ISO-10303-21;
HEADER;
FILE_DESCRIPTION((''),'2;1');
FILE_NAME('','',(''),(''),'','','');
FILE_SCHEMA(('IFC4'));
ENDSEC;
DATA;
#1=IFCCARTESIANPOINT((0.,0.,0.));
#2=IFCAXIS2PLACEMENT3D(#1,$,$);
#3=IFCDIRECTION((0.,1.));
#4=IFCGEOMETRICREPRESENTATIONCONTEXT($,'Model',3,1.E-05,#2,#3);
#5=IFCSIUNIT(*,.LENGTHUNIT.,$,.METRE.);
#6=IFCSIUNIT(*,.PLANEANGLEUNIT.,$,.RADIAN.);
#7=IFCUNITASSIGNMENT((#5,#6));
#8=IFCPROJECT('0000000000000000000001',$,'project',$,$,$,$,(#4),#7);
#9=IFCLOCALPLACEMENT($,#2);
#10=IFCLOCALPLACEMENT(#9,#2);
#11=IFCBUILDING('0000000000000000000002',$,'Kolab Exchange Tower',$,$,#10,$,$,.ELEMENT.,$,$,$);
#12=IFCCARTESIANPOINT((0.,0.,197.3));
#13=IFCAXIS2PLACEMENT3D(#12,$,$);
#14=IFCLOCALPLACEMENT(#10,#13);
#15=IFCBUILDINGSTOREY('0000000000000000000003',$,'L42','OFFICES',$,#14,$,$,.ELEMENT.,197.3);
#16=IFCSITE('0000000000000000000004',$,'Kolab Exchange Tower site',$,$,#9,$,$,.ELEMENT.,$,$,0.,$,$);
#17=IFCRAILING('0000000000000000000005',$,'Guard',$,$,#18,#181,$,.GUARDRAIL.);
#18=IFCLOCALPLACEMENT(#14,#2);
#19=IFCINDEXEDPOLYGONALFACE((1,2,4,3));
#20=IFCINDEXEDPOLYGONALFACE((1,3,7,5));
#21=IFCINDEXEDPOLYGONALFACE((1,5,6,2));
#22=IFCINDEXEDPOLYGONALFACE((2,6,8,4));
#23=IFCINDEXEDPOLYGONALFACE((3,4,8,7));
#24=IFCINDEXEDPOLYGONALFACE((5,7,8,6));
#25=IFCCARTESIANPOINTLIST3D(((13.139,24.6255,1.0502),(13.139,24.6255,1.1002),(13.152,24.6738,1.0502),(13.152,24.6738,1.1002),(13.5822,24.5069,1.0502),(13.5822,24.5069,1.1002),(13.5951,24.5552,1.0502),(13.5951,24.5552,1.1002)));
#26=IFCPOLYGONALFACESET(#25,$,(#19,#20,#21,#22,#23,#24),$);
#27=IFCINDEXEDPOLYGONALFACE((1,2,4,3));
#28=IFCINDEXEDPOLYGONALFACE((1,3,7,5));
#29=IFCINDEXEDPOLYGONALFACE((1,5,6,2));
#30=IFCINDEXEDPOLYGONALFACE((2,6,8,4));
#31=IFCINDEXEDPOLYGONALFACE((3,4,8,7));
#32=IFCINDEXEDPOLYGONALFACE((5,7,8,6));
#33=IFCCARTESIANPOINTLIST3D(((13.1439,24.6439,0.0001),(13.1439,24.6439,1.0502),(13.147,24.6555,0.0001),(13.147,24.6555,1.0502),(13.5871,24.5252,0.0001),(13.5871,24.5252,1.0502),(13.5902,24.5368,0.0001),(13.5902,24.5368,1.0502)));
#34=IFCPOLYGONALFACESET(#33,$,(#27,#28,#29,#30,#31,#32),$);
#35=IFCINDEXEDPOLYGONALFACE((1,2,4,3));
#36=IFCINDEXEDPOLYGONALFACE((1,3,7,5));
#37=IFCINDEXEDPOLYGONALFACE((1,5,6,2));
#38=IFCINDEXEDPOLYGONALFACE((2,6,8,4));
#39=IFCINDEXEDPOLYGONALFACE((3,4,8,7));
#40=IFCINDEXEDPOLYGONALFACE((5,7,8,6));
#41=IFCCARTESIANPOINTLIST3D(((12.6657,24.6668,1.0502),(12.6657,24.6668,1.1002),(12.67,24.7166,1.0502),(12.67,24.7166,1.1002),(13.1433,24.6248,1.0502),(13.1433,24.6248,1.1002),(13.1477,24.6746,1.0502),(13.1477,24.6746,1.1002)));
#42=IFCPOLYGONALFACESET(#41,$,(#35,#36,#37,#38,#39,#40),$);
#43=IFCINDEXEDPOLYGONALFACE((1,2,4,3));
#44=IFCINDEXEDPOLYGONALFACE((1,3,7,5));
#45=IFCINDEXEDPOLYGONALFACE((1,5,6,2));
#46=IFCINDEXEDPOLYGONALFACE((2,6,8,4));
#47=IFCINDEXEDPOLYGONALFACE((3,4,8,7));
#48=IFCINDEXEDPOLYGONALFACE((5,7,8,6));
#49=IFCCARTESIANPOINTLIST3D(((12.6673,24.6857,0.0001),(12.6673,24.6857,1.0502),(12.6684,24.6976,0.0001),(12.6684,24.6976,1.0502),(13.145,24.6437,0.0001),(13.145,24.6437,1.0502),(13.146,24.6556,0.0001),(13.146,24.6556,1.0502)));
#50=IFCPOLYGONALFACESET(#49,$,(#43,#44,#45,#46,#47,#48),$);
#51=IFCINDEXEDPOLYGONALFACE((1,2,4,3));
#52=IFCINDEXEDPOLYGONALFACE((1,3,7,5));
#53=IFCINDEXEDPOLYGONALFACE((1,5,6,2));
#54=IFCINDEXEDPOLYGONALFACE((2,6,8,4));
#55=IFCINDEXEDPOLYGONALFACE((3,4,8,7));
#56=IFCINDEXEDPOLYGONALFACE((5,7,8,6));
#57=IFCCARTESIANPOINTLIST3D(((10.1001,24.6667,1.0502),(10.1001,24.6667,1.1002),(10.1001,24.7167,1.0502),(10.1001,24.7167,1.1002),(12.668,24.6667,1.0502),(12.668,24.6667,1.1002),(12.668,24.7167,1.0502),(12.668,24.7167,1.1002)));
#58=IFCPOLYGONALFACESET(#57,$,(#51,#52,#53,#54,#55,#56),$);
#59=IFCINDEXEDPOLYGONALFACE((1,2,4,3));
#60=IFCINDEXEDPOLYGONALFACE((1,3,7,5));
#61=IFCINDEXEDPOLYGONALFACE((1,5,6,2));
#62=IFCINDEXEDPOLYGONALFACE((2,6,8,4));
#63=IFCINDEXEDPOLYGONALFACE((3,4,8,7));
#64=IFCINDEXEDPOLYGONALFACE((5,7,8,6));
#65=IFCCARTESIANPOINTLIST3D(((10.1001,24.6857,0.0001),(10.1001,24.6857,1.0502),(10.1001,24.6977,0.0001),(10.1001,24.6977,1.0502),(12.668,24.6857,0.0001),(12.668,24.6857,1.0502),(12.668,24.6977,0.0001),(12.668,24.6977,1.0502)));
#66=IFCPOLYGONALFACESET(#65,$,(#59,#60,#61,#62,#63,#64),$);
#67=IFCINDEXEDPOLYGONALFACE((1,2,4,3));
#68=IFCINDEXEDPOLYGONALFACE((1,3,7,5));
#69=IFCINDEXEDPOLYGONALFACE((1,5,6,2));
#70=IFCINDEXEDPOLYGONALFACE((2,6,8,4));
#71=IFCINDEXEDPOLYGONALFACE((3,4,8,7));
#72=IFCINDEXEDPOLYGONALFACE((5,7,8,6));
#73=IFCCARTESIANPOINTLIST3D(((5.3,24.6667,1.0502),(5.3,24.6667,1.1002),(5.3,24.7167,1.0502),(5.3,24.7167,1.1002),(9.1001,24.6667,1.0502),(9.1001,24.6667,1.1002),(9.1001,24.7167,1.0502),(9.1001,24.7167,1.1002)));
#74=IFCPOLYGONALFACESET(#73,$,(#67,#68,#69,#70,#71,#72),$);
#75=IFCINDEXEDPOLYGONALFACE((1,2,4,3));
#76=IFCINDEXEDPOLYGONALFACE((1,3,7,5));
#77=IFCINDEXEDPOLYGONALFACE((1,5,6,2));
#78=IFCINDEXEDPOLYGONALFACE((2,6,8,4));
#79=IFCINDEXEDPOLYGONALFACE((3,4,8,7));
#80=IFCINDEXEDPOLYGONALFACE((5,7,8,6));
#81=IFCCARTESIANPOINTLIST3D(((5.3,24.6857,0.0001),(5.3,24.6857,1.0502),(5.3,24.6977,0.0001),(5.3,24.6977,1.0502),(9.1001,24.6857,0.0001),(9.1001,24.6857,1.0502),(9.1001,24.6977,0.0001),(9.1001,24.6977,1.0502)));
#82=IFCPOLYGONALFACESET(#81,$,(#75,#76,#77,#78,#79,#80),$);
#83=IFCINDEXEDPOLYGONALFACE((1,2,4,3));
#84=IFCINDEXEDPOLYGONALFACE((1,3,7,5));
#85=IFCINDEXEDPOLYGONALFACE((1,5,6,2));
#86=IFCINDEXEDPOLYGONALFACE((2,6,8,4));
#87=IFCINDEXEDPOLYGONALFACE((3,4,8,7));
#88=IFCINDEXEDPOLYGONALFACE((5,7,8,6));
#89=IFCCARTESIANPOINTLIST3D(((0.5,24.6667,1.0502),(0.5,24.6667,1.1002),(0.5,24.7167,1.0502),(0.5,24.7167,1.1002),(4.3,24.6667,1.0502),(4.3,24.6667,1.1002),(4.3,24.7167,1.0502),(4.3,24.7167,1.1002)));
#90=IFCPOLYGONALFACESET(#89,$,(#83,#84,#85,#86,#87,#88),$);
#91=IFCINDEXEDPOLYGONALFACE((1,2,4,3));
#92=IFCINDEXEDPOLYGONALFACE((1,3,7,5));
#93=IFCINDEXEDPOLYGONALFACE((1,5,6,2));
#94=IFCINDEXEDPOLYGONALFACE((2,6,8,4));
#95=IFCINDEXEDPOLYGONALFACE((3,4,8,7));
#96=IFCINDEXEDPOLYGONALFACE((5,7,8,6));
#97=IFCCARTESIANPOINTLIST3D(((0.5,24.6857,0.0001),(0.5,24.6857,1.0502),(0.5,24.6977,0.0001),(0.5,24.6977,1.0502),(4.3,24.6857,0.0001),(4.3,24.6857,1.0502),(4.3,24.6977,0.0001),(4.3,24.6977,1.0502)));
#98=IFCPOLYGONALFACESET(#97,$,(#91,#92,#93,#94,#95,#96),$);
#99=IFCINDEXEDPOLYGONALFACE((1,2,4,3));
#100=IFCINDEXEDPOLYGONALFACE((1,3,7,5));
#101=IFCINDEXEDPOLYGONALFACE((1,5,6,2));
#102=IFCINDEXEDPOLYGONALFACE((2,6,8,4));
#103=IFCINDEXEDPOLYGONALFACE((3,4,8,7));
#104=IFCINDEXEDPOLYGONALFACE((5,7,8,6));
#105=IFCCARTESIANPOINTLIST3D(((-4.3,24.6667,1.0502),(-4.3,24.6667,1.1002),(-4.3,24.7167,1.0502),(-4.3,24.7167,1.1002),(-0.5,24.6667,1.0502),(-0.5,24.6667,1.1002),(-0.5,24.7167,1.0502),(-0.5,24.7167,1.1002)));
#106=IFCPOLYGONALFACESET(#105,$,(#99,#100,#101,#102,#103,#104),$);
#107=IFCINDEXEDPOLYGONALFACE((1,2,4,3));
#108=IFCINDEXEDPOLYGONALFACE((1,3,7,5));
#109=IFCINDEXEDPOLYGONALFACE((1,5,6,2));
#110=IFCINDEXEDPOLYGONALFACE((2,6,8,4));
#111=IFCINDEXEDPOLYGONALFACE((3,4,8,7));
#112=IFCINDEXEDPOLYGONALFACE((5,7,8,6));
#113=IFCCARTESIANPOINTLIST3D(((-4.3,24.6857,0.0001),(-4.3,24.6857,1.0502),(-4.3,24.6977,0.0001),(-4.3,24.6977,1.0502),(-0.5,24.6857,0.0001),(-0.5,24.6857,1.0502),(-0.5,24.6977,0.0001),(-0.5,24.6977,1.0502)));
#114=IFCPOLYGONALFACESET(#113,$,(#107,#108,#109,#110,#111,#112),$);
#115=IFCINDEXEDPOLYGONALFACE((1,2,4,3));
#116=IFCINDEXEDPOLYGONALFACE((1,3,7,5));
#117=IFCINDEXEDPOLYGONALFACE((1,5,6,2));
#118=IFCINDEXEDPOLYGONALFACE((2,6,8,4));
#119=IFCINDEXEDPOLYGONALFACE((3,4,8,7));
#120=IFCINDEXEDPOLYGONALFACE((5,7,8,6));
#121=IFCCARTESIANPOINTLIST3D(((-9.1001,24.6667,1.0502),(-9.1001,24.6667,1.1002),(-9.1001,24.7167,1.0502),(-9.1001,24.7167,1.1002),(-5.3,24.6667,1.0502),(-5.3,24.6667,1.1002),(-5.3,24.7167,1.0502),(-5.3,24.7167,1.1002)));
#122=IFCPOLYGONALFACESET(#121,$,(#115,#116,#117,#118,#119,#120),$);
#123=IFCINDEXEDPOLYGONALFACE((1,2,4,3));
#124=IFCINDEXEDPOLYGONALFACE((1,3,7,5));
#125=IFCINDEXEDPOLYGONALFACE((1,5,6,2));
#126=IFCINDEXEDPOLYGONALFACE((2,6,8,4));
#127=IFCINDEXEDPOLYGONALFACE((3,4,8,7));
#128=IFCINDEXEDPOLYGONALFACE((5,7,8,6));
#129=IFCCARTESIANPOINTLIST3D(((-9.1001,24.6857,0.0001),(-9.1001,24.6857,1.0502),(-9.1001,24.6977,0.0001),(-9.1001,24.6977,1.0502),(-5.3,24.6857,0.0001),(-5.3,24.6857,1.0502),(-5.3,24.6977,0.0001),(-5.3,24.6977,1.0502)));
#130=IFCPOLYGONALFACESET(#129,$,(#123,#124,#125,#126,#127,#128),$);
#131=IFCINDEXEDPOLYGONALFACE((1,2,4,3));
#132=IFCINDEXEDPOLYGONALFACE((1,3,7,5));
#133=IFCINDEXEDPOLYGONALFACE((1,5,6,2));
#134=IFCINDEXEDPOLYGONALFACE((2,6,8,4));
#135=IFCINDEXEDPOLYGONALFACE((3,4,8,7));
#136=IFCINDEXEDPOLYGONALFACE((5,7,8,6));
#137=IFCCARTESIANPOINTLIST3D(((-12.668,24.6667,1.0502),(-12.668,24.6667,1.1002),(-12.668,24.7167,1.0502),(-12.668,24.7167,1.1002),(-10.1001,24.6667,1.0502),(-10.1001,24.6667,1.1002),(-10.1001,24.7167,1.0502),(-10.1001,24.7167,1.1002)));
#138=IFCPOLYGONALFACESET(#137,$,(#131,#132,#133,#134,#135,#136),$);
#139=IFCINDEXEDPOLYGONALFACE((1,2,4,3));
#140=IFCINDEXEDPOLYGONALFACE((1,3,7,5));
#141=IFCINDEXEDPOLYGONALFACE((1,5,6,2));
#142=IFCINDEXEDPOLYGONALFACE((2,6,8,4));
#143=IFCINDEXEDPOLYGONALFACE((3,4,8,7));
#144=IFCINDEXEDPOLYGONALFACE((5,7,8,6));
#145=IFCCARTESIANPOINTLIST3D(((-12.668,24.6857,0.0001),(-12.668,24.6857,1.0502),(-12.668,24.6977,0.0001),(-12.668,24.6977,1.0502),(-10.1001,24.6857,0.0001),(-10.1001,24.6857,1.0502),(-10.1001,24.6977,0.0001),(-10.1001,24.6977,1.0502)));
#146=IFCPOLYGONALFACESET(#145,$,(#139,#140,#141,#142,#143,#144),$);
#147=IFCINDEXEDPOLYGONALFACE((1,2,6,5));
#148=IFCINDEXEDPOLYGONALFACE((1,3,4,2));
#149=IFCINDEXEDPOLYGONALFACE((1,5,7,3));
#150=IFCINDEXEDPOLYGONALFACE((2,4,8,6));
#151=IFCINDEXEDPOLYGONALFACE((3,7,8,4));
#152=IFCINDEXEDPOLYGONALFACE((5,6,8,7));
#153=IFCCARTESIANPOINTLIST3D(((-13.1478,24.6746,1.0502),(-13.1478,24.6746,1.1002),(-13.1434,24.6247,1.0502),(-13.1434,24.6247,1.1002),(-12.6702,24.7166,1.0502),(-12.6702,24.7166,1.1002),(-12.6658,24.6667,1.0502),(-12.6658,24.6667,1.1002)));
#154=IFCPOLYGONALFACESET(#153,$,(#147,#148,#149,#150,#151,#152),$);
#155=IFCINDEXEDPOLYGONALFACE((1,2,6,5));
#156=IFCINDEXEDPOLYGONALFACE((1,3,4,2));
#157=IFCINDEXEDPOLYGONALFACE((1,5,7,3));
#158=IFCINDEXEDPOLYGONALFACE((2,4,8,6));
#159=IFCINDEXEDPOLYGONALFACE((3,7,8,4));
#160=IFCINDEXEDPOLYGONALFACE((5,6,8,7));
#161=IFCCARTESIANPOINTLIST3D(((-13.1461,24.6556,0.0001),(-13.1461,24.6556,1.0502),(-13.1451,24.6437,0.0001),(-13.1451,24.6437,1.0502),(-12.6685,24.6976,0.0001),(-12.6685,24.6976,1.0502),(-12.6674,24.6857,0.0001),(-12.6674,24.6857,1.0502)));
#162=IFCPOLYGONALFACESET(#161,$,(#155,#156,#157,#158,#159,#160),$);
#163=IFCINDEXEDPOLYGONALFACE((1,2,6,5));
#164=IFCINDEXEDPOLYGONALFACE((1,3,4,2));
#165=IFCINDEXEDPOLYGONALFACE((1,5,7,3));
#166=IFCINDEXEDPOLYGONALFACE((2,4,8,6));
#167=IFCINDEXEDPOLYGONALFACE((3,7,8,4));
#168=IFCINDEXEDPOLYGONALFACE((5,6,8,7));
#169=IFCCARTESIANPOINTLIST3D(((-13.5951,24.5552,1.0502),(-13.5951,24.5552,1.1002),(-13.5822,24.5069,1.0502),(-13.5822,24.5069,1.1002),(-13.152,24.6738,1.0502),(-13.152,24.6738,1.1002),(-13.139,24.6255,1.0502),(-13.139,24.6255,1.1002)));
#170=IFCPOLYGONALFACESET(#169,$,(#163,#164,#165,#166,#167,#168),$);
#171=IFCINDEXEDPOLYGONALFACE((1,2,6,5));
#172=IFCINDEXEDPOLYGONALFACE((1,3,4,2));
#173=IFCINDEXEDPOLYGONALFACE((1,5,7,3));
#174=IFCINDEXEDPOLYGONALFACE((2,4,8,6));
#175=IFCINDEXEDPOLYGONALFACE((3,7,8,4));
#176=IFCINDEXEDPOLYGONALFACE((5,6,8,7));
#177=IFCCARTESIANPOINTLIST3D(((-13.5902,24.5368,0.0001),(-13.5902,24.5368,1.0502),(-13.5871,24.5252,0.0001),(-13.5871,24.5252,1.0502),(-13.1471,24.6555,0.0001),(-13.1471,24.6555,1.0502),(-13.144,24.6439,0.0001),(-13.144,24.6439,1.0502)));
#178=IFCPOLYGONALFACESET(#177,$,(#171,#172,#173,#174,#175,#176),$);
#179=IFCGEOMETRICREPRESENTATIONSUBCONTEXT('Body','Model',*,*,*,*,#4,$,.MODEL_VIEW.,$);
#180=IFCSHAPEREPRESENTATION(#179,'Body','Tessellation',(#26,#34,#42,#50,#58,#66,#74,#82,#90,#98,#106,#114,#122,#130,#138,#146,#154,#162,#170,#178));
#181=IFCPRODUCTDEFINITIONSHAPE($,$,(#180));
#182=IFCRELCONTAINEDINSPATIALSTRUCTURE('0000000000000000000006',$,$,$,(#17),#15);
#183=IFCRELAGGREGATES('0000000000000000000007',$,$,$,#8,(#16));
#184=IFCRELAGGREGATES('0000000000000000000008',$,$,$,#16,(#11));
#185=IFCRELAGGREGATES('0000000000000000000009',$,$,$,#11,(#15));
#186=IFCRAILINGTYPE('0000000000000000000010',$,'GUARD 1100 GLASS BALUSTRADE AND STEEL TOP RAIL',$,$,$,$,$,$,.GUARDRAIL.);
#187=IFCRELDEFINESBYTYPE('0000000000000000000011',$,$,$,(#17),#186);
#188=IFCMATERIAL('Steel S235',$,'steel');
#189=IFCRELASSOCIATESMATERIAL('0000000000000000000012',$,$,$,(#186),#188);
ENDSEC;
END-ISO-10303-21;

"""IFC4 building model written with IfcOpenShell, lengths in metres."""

from ifc_helpers import new_model, si_unit, direction, frame, frame_2d, origin, origin_2d, place, context, subcontext, project, spatial, rectangle, extrude, material, type_object, element, save


model = new_model("IFC4")

# Units and contexts
model_context = context("Model", 3, precision=1e-05, world=origin(), true_north=direction((0.0, 1.0)))
body_context = subcontext(model_context, "Body", "Model", "MODEL_VIEW")
ifc_project = project(units=[si_unit("LENGTHUNIT", "METRE"), si_unit("PLANEANGLEUNIT", "RADIAN")], contexts=[model_context])

# Site, building, storey
site_placement = place(None, origin())
site = spatial("IfcSite", under=ifc_project, at=site_placement, Name="Kolab Exchange Tower site", CompositionType="ELEMENT", RefElevation=0.0)
building_placement = place(site_placement, origin())
building = spatial("IfcBuilding", under=site, at=building_placement, Name="Kolab Exchange Tower", CompositionType="ELEMENT")
storey_placement = place(building_placement, frame((0.0, 0.0, 197.3)))
storey = spatial("IfcBuildingStorey", under=building, at=storey_placement, Name="L42", Description="OFFICES", CompositionType="ELEMENT", Elevation=197.3)

# Railing
ifc_material_1 = material(Name="Steel S235", Category="steel")
railing_type = type_object("IfcRailingType", Name="GUARD 1100 GLASS BALUSTRADE AND STEEL TOP RAIL", PredefinedType="GUARDRAIL", material=ifc_material_1)
railing_placement = place(storey_placement, frame((13.5886, 24.531, 0.0)))
element("IfcRailing", 1, at=railing_placement, inside=storey, type_object=railing_type, Name="Guard", PredefinedType="GUARDRAIL", context=body_context, shape_type="SweptSolid", body=[
    extrude(rectangle(XDim=0.05, YDim=0.05, at=origin_2d()), frame((0.0, 0.0, 1.0752), z_axis=(-0.965969, 0.258656, 0.0), x_axis=(-0.258656, -0.965969, 0.0)), (0.0, 0.0, 1.0), 0.4587),
    extrude(rectangle(XDim=0.012, YDim=1.0501, at=frame_2d((0.0, 0.5251))), frame((0.0, 0.0, 0.0), z_axis=(-0.965969, 0.258656, 0.0), x_axis=(-0.258656, -0.965969, 0.0)), (0.0, 0.0, 1.0), 0.4587),
    extrude(rectangle(XDim=0.05, YDim=0.05, at=origin_2d()), frame((-0.4431, 0.1187, 1.0752), z_axis=(-0.996156, 0.087597, 0.0), x_axis=(-0.087597, -0.996156, 0.0)), (0.0, 0.0, 1.0), 0.4795),
    extrude(rectangle(XDim=0.012, YDim=1.0501, at=frame_2d((0.0, 0.5251))), frame((-0.4431, 0.1187, 0.0), z_axis=(-0.996156, 0.087597, 0.0), x_axis=(-0.087597, -0.996156, 0.0)), (0.0, 0.0, 1.0), 0.4795),
    extrude(rectangle(XDim=0.05, YDim=0.05, at=origin_2d()), frame((-0.9207, 0.1606, 1.0752), z_axis=(-1.0, 0.0, 0.0), x_axis=(0.0, -1.0, 0.0)), (0.0, 0.0, 1.0), 2.5679),
    extrude(rectangle(XDim=0.012, YDim=1.0501, at=frame_2d((0.0, 0.5251))), frame((-0.9207, 0.1606, 0.0), z_axis=(-1.0, 0.0, 0.0), x_axis=(0.0, -1.0, 0.0)), (0.0, 0.0, 1.0), 2.5679),
    extrude(rectangle(XDim=0.05, YDim=0.05, at=origin_2d()), frame((-4.4885, 0.1606, 1.0752), z_axis=(-1.0, 0.0, 0.0), x_axis=(0.0, -1.0, 0.0)), (0.0, 0.0, 1.0), 3.8),
    extrude(rectangle(XDim=0.012, YDim=1.0501, at=frame_2d((0.0, 0.5251))), frame((-4.4885, 0.1606, 0.0), z_axis=(-1.0, 0.0, 0.0), x_axis=(0.0, -1.0, 0.0)), (0.0, 0.0, 1.0), 3.8),
    extrude(rectangle(XDim=0.05, YDim=0.05, at=origin_2d()), frame((-9.2886, 0.1606, 1.0752), z_axis=(-1.0, 0.0, 0.0), x_axis=(0.0, -1.0, 0.0)), (0.0, 0.0, 1.0), 3.8),
    extrude(rectangle(XDim=0.012, YDim=1.0501, at=frame_2d((0.0, 0.5251))), frame((-9.2886, 0.1606, 0.0), z_axis=(-1.0, 0.0, 0.0), x_axis=(0.0, -1.0, 0.0)), (0.0, 0.0, 1.0), 3.8),
    extrude(rectangle(XDim=0.05, YDim=0.05, at=origin_2d()), frame((-14.0886, 0.1606, 1.0752), z_axis=(-1.0, 0.0, 0.0), x_axis=(0.0, -1.0, 0.0)), (0.0, 0.0, 1.0), 3.8),
    extrude(rectangle(XDim=0.012, YDim=1.0501, at=frame_2d((0.0, 0.5251))), frame((-14.0886, 0.1606, 0.0), z_axis=(-1.0, 0.0, 0.0), x_axis=(0.0, -1.0, 0.0)), (0.0, 0.0, 1.0), 3.8),
    extrude(rectangle(XDim=0.05, YDim=0.05, at=origin_2d()), frame((-18.8887, 0.1606, 1.0752), z_axis=(-1.0, 0.0, 0.0), x_axis=(0.0, -1.0, 0.0)), (0.0, 0.0, 1.0), 3.8),
    extrude(rectangle(XDim=0.012, YDim=1.0501, at=frame_2d((0.0, 0.5251))), frame((-18.8887, 0.1606, 0.0), z_axis=(-1.0, 0.0, 0.0), x_axis=(0.0, -1.0, 0.0)), (0.0, 0.0, 1.0), 3.8),
    extrude(rectangle(XDim=0.05, YDim=0.05, at=origin_2d()), frame((-23.6887, 0.1606, 1.0752), z_axis=(-1.0, 0.0, 0.0), x_axis=(0.0, -1.0, 0.0)), (0.0, 0.0, 1.0), 2.5679),
    extrude(rectangle(XDim=0.012, YDim=1.0501, at=frame_2d((0.0, 0.5251))), frame((-23.6887, 0.1606, 0.0), z_axis=(-1.0, 0.0, 0.0), x_axis=(0.0, -1.0, 0.0)), (0.0, 0.0, 1.0), 2.5679),
    extrude(rectangle(XDim=0.05, YDim=0.05, at=origin_2d()), frame((-26.2566, 0.1606, 1.0752), z_axis=(-0.996156, -0.087597, 0.0), x_axis=(0.087597, -0.996156, 0.0)), (0.0, 0.0, 1.0), 0.4795),
    extrude(rectangle(XDim=0.012, YDim=1.0501, at=frame_2d((0.0, 0.5251))), frame((-26.2566, 0.1606, 0.0), z_axis=(-0.996156, -0.087597, 0.0), x_axis=(0.087597, -0.996156, 0.0)), (0.0, 0.0, 1.0), 0.4795),
    extrude(rectangle(XDim=0.05, YDim=0.05, at=origin_2d()), frame((-26.7341, 0.1187, 1.0752), z_axis=(-0.965969, -0.258656, 0.0), x_axis=(0.258656, -0.965969, 0.0)), (0.0, 0.0, 1.0), 0.4587),
    extrude(rectangle(XDim=0.012, YDim=1.0501, at=frame_2d((0.0, 0.5251))), frame((-26.7341, 0.1187, 0.0), z_axis=(-0.965969, -0.258656, 0.0), x_axis=(0.258656, -0.965969, 0.0)), (0.0, 0.0, 1.0), 0.4587),
])

save(model, "model.ifc")
